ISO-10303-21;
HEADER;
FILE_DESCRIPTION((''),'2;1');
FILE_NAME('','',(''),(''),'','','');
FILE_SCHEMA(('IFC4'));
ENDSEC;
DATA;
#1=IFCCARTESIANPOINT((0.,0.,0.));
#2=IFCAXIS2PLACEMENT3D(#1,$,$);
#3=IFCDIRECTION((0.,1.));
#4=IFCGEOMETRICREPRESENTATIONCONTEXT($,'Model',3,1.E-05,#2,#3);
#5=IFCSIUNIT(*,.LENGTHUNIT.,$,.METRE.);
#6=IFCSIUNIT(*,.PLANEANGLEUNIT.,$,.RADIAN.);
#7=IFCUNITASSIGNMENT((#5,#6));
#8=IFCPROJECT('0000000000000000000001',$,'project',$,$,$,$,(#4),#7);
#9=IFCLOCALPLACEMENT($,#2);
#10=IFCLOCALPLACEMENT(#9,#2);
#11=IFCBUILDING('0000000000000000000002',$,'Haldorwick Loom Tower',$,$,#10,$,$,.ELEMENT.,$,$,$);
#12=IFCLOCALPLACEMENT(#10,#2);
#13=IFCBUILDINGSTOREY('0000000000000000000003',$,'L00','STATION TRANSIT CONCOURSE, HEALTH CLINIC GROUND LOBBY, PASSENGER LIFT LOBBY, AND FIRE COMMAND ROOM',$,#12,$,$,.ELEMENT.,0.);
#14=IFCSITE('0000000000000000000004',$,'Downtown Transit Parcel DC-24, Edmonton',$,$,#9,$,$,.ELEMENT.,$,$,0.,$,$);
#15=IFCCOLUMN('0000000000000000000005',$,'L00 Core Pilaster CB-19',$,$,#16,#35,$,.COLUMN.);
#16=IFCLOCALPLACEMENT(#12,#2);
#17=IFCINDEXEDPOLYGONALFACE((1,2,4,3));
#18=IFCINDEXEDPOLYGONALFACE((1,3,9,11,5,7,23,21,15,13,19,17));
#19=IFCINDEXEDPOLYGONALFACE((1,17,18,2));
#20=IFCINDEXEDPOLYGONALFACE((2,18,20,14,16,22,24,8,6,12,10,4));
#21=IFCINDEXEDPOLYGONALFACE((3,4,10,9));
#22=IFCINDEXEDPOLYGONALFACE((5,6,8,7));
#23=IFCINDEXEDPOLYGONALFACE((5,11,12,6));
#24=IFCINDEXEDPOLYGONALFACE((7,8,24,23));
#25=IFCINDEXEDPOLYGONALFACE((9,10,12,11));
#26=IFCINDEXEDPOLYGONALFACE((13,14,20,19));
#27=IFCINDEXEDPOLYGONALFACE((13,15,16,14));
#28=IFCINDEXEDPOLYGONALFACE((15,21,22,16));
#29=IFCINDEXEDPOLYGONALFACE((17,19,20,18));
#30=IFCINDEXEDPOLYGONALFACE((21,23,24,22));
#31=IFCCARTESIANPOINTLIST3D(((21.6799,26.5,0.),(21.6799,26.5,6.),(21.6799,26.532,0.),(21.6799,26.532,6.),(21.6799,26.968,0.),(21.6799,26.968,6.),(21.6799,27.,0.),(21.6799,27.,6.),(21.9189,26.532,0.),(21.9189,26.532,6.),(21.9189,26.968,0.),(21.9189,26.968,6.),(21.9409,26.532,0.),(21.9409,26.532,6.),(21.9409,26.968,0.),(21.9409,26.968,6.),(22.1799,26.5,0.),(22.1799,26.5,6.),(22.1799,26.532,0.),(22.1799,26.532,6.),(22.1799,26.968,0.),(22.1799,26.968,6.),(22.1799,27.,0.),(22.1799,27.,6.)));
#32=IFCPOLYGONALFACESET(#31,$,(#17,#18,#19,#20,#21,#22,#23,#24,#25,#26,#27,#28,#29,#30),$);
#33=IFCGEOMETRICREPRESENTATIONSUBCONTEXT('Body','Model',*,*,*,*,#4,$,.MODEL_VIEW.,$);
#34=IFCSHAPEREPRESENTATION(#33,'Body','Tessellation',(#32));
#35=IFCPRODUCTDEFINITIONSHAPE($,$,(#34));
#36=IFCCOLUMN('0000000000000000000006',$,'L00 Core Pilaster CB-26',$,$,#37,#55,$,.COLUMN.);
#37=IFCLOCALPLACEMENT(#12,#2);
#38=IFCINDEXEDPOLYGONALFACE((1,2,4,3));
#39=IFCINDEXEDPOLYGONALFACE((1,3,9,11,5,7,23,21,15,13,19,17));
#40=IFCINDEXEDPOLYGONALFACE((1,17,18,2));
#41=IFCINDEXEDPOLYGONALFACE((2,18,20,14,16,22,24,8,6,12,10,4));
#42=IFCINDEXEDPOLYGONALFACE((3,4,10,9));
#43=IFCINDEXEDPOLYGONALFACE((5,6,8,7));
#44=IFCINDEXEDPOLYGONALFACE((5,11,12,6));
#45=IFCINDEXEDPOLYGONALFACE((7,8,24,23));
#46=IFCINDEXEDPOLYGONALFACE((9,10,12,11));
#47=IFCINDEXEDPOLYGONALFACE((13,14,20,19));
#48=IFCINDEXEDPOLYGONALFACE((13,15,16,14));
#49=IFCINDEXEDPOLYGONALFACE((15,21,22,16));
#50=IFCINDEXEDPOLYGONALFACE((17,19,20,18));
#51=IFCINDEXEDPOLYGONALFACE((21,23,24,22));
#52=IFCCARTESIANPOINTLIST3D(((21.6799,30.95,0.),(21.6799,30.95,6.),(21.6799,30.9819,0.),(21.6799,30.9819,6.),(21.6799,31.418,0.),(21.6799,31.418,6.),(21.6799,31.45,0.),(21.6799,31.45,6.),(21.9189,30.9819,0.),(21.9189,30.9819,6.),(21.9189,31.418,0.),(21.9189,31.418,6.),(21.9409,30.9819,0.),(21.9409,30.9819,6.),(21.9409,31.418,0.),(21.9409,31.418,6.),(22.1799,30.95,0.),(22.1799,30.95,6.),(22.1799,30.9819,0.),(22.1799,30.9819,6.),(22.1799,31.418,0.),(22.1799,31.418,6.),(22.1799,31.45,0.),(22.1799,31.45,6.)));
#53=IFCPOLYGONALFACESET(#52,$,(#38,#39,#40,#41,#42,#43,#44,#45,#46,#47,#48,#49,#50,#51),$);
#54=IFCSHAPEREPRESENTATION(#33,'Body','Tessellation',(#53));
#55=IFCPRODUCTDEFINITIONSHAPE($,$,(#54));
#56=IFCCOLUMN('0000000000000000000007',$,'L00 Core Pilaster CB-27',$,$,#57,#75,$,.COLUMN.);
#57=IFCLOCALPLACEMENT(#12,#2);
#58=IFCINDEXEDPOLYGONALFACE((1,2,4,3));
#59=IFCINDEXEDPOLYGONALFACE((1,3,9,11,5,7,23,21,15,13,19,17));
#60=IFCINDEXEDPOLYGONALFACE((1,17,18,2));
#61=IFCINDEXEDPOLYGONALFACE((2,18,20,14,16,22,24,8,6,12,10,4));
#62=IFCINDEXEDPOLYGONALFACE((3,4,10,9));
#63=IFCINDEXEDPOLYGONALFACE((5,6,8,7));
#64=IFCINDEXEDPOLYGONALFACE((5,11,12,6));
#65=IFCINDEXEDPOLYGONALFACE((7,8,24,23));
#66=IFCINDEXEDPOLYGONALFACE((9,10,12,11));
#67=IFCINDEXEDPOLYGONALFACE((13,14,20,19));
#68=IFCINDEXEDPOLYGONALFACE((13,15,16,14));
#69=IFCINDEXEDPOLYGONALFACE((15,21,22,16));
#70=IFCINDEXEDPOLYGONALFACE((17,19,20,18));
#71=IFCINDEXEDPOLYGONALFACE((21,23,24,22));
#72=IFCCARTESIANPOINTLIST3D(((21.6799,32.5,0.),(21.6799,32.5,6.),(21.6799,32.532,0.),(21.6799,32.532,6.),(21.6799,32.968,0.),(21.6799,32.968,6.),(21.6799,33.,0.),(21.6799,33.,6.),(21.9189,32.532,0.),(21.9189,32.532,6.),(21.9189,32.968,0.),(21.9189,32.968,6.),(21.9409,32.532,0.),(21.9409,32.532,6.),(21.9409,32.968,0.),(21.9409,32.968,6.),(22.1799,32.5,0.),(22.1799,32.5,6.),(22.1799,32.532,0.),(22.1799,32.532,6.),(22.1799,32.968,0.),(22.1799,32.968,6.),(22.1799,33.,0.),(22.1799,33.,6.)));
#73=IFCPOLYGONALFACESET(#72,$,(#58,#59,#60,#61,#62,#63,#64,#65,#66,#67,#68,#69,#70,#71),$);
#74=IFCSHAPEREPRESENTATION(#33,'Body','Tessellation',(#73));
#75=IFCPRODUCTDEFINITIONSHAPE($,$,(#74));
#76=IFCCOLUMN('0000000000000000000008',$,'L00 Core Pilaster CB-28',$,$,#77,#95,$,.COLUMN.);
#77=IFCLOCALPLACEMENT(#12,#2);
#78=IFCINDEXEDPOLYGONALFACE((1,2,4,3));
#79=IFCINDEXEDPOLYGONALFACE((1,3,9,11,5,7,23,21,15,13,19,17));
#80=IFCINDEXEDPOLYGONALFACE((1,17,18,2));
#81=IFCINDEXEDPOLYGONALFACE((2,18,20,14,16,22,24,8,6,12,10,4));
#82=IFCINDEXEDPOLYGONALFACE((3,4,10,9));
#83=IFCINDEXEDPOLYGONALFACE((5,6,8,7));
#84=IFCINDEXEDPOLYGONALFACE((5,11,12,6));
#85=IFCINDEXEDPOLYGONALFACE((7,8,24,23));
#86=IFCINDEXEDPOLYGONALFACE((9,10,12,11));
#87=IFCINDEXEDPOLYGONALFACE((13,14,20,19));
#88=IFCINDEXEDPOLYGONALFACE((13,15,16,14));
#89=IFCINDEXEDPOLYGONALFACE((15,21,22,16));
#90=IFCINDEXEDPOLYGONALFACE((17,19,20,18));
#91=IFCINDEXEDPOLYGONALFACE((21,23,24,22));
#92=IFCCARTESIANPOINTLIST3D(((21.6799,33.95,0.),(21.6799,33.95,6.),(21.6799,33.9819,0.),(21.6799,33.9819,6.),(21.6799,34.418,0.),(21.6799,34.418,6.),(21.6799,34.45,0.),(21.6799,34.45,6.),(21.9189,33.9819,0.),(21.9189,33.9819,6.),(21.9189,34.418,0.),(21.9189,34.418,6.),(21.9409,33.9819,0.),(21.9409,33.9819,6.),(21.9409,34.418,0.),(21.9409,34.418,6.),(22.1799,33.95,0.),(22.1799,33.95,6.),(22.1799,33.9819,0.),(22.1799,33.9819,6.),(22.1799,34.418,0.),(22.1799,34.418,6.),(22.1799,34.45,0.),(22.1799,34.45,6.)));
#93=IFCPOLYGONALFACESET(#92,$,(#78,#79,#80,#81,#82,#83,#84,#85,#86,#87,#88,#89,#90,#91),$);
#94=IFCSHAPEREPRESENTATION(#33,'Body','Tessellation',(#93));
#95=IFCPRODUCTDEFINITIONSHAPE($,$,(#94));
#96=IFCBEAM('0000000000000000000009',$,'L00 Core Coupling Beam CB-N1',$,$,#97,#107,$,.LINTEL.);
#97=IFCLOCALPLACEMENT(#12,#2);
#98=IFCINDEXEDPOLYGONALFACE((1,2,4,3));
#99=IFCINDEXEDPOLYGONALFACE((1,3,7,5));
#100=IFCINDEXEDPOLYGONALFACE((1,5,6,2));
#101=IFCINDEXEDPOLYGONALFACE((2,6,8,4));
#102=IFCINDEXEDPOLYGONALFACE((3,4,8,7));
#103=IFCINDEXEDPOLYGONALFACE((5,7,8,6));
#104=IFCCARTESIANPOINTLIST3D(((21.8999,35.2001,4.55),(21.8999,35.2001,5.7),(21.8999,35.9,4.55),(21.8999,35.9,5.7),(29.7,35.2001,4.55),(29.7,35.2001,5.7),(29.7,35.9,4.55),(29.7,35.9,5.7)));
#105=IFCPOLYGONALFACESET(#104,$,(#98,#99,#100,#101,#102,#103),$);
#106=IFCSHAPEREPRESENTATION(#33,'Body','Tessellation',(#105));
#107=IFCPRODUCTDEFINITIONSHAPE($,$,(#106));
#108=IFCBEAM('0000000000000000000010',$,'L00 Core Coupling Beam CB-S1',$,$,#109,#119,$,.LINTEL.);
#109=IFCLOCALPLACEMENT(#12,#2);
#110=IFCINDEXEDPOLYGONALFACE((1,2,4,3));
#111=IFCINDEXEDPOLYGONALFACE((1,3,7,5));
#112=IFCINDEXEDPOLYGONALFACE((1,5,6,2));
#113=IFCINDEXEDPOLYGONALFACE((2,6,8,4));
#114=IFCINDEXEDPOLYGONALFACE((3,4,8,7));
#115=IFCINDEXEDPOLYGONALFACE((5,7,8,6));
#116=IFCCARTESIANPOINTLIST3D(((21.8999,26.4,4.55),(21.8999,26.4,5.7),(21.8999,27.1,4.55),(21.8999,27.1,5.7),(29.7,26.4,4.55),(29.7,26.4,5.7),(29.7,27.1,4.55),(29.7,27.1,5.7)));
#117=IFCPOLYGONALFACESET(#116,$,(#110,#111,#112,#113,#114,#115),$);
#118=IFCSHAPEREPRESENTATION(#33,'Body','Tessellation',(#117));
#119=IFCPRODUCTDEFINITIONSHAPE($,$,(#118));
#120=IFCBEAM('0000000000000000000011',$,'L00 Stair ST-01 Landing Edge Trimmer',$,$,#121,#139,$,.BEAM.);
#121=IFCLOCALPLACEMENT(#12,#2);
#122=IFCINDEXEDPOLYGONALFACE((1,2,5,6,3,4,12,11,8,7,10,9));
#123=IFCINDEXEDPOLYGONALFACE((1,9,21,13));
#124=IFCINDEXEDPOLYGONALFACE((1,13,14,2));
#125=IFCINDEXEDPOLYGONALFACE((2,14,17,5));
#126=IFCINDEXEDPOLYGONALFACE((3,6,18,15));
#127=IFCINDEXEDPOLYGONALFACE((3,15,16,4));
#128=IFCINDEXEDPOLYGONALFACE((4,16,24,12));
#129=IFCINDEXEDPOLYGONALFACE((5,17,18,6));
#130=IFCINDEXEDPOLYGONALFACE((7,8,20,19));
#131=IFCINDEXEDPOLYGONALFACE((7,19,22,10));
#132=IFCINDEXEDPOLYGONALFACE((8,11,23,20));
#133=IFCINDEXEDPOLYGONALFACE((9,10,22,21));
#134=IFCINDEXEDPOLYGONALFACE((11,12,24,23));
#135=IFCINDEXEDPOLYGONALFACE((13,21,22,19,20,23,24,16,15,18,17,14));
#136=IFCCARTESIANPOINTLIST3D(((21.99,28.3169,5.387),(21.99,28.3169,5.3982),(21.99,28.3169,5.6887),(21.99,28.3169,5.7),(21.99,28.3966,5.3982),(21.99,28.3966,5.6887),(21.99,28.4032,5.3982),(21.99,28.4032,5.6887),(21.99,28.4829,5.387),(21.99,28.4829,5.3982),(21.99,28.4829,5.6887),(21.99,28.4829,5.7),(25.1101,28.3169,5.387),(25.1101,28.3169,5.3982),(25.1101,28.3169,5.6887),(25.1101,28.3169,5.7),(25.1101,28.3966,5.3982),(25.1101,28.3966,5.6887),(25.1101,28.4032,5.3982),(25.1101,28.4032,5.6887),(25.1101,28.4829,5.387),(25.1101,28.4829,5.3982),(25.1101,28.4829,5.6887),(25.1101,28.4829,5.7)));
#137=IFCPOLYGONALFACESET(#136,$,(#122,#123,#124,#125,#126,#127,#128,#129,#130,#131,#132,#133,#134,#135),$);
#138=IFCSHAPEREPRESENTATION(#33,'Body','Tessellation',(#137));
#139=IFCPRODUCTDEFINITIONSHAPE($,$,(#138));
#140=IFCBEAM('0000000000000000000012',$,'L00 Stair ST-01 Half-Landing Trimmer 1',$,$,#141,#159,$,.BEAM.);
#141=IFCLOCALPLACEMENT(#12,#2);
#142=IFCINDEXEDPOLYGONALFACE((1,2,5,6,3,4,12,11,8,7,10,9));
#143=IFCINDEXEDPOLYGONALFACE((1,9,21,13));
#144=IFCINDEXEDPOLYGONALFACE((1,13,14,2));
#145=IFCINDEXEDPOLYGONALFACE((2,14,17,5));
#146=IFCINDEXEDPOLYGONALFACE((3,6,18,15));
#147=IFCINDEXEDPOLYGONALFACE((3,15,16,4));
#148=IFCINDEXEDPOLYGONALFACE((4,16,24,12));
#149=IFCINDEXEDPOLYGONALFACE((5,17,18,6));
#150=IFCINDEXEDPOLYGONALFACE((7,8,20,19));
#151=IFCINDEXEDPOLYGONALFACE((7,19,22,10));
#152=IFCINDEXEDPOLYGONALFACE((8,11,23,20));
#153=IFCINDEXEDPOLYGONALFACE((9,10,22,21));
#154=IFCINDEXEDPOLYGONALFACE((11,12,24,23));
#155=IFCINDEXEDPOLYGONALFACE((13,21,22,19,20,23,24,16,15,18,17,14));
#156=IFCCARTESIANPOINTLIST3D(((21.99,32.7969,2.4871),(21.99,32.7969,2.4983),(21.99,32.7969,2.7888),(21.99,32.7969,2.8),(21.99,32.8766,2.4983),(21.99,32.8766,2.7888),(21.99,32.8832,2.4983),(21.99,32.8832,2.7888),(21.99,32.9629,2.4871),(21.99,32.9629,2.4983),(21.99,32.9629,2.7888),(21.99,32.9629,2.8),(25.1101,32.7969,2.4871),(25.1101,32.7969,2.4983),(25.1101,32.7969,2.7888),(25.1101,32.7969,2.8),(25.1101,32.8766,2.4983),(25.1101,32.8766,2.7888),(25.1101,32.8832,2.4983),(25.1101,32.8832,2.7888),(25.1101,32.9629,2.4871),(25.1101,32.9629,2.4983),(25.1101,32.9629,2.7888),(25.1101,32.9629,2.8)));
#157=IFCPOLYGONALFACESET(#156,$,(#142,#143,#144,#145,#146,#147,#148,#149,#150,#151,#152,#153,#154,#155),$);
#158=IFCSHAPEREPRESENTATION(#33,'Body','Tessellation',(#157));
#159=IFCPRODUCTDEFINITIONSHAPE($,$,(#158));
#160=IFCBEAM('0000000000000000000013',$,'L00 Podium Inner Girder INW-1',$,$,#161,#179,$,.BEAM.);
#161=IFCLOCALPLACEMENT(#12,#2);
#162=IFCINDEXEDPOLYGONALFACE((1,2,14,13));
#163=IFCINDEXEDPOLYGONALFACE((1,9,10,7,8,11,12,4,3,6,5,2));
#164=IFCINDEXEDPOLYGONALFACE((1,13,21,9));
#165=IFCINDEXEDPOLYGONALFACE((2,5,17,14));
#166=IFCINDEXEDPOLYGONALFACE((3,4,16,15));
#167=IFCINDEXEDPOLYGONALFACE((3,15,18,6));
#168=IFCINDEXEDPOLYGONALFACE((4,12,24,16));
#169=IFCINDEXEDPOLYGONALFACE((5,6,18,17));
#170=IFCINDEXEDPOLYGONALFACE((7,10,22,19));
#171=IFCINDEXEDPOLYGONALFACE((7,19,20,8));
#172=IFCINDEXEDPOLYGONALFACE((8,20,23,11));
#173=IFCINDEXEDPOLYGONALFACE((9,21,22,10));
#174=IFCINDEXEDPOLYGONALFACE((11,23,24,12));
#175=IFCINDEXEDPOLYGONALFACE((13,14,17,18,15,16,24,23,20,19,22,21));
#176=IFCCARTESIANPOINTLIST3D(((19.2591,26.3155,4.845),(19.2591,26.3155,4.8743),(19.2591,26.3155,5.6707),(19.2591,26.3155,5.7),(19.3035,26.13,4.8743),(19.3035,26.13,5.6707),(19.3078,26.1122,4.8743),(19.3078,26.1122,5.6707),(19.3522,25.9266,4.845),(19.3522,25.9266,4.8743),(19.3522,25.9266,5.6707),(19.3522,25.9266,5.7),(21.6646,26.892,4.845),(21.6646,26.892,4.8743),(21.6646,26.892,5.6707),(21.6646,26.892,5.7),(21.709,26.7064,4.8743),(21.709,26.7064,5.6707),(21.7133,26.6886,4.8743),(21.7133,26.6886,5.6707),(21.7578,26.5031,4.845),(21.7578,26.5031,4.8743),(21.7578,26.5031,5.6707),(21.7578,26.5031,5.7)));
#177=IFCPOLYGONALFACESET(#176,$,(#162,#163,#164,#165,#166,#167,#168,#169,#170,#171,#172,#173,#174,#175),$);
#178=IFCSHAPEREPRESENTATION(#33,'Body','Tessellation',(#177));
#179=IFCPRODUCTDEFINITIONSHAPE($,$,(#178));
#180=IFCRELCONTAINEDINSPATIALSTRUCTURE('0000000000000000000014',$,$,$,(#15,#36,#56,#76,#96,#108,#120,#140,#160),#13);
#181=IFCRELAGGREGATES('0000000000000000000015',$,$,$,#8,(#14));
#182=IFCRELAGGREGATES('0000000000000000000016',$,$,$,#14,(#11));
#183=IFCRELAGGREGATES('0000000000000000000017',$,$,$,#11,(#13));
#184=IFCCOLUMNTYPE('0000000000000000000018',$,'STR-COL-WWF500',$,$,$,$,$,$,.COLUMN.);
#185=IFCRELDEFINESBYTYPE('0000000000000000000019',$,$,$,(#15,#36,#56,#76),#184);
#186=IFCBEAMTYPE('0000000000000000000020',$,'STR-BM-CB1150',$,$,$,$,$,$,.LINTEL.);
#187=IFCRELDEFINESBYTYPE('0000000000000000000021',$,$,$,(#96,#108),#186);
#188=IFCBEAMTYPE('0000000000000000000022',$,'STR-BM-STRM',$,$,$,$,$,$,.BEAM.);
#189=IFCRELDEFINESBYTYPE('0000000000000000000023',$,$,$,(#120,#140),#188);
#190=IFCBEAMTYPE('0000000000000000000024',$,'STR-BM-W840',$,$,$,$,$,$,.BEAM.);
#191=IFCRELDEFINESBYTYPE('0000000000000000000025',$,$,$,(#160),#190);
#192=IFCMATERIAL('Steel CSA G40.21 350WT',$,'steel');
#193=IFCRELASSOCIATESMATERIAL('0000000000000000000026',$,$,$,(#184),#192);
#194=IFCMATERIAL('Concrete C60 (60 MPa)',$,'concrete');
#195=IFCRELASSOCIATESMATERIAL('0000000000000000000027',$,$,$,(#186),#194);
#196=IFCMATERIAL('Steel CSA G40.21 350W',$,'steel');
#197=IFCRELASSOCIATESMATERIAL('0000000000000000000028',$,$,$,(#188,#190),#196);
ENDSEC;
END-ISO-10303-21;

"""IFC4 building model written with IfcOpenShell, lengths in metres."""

from ifc_helpers import new_model, si_unit, direction, frame, origin, origin_2d, place, context, subcontext, project, spatial, rectangle, i_section, extrude, material, material_profile, profile_set, type_object, element, save


model = new_model("IFC4")

# Units and contexts
model_context = context("Model", 3, precision=1e-05, world=origin(), true_north=direction((0.0, 1.0)))
body_context = subcontext(model_context, "Body", "Model", "MODEL_VIEW")
ifc_project = project(units=[si_unit("LENGTHUNIT", "METRE"), si_unit("PLANEANGLEUNIT", "RADIAN")], contexts=[model_context])

# Site, building, storey
site_placement = place(None, origin())
site = spatial("IfcSite", under=ifc_project, at=site_placement, Name="Downtown Transit Parcel DC-24, Edmonton", CompositionType="ELEMENT", RefElevation=0.0)
building_placement = place(site_placement, origin())
building = spatial("IfcBuilding", under=site, at=building_placement, Name="Haldorwick Loom Tower", CompositionType="ELEMENT")
storey_placement = place(building_placement, origin())
storey = spatial("IfcBuildingStorey", under=building, at=storey_placement, Name="L00", Description="STATION TRANSIT CONCOURSE, HEALTH CLINIC GROUND LOBBY, PASSENGER LIFT LOBBY, AND FIRE COMMAND ROOM", CompositionType="ELEMENT", Elevation=0.0)

# Columns
ifc_material_1 = material(Name="Steel CSA G40.21 350WT", Category="steel")
ifc_material_profile_1 = material_profile(ifc_material_1, i_section(OverallWidth=0.5, OverallDepth=0.5, WebThickness=0.022, FlangeThickness=0.032, at=origin_2d()), Name="WWF500X500", Category="steel")
ifc_profile_set_1 = profile_set([ifc_material_profile_1], Name="Steel CSA G40.21 350WT")
column_type = type_object("IfcColumnType", Name="STR-COL-WWF500", PredefinedType="COLUMN", material=ifc_profile_set_1)
for number, where, z_axis, x_axis, name in (
    (1, (21.9299, 26.75, 0.0), (0.0, 0.0, 1.0), (1.0, 0.0, 0.0), "L00 Core Pilaster CB-19"),
    (2, (21.9299, 31.2, 0.0), (0.0, 0.0, 1.0), (1.0, 0.0, 0.0), "L00 Core Pilaster CB-26"),
    (3, (21.9299, 32.75, 0.0), (0.0, 0.0, 1.0), (1.0, 0.0, 0.0), "L00 Core Pilaster CB-27"),
    (4, (21.9299, 34.2, 0.0), (0.0, 0.0, 1.0), (1.0, 0.0, 0.0), "L00 Core Pilaster CB-28"),
):
    element("IfcColumn", number, at=place(storey_placement, frame(where, z_axis=z_axis, x_axis=x_axis)), inside=storey, type_object=column_type, Name=name, PredefinedType="COLUMN", context=body_context, shape_type="SweptSolid", body=[
        extrude(i_section(OverallWidth=0.5, OverallDepth=0.5, WebThickness=0.022, FlangeThickness=0.032, at=origin_2d()), origin(), (0.0, 0.0, 1.0), 6.0),
    ])

# Beams
ifc_material_2 = material(Name="Concrete C60 (60 MPa)", Category="concrete")
ifc_material_profile_2 = material_profile(ifc_material_2, rectangle(XDim=0.7, YDim=1.1499, at=origin_2d()), Name="RC700X1150", Category="concrete")
ifc_profile_set_2 = profile_set([ifc_material_profile_2], Name="Concrete C60 (60 MPa)")
beam_type_1 = type_object("IfcBeamType", Name="STR-BM-CB1150", PredefinedType="LINTEL", material=ifc_profile_set_2)
for number, where, z_axis, x_axis, name in (
    (5, (21.8999, 35.55, 5.125), (1.0, 0.0, 0.0), (0.0, 1.0, 0.0), "L00 Core Coupling Beam CB-N1"),
    (6, (21.8999, 26.75, 5.125), (1.0, 0.0, 0.0), (0.0, 1.0, 0.0), "L00 Core Coupling Beam CB-S1"),
):
    element("IfcBeam", number, at=place(storey_placement, frame(where, z_axis=z_axis, x_axis=x_axis)), inside=storey, type_object=beam_type_1, Name=name, PredefinedType="LINTEL", context=body_context, shape_type="SweptSolid", body=[
        extrude(rectangle(XDim=0.7, YDim=1.1499, at=origin_2d()), origin(), (0.0, 0.0, 1.0), 7.8),
    ])
ifc_material_3 = material(Name="Steel CSA G40.21 350W", Category="steel")
ifc_material_profile_3 = material_profile(ifc_material_3, i_section(OverallWidth=0.166, OverallDepth=0.313, WebThickness=0.0066, FlangeThickness=0.0112, at=origin_2d()), Name="W310X45", Category="steel")
ifc_profile_set_3 = profile_set([ifc_material_profile_3], Name="Steel CSA G40.21 350W")
beam_type_2 = type_object("IfcBeamType", Name="STR-BM-STRM", PredefinedType="BEAM", material=ifc_profile_set_3)
for number, where, z_axis, x_axis, name in (
    (7, (21.99, 28.3999, 5.5435), (1.0, 0.0, 0.0), (0.0, 1.0, 0.0), "L00 Stair ST-01 Landing Edge Trimmer"),
    (8, (21.99, 32.8799, 2.6436), (1.0, 0.0, 0.0), (0.0, 1.0, 0.0), "L00 Stair ST-01 Half-Landing Trimmer 1"),
):
    element("IfcBeam", number, at=place(storey_placement, frame(where, z_axis=z_axis, x_axis=x_axis)), inside=storey, type_object=beam_type_2, Name=name, PredefinedType="BEAM", context=body_context, shape_type="SweptSolid", body=[
        extrude(i_section(OverallWidth=0.166, OverallDepth=0.313, WebThickness=0.0066, FlangeThickness=0.0112, at=origin_2d()), origin(), (0.0, 0.0, 1.0), 3.1201),
    ])
ifc_material_profile_4 = material_profile(ifc_material_3, i_section(OverallWidth=0.3999, OverallDepth=0.855, WebThickness=0.0183, FlangeThickness=0.0293, at=origin_2d()), Name="W840X299", Category="steel")
ifc_profile_set_4 = profile_set([ifc_material_profile_4], Name="Steel CSA G40.21 350W")
beam_type_3 = type_object("IfcBeamType", Name="STR-BM-W840", PredefinedType="BEAM", material=ifc_profile_set_4)
beam_placement = place(storey_placement, frame((21.7112, 26.6975, 5.2725), z_axis=(-0.972471, -0.233026, 0.0), x_axis=(0.233026, -0.972471, 0.0)))
element("IfcBeam", 9, at=beam_placement, inside=storey, type_object=beam_type_3, Name="L00 Podium Inner Girder INW-1", PredefinedType="BEAM", context=body_context, shape_type="SweptSolid", body=[
    extrude(i_section(OverallWidth=0.3999, OverallDepth=0.855, WebThickness=0.0183, FlangeThickness=0.0293, at=origin_2d()), origin(), (0.0, 0.0, 1.0), 2.4736),
])

save(model, "model.ifc")
